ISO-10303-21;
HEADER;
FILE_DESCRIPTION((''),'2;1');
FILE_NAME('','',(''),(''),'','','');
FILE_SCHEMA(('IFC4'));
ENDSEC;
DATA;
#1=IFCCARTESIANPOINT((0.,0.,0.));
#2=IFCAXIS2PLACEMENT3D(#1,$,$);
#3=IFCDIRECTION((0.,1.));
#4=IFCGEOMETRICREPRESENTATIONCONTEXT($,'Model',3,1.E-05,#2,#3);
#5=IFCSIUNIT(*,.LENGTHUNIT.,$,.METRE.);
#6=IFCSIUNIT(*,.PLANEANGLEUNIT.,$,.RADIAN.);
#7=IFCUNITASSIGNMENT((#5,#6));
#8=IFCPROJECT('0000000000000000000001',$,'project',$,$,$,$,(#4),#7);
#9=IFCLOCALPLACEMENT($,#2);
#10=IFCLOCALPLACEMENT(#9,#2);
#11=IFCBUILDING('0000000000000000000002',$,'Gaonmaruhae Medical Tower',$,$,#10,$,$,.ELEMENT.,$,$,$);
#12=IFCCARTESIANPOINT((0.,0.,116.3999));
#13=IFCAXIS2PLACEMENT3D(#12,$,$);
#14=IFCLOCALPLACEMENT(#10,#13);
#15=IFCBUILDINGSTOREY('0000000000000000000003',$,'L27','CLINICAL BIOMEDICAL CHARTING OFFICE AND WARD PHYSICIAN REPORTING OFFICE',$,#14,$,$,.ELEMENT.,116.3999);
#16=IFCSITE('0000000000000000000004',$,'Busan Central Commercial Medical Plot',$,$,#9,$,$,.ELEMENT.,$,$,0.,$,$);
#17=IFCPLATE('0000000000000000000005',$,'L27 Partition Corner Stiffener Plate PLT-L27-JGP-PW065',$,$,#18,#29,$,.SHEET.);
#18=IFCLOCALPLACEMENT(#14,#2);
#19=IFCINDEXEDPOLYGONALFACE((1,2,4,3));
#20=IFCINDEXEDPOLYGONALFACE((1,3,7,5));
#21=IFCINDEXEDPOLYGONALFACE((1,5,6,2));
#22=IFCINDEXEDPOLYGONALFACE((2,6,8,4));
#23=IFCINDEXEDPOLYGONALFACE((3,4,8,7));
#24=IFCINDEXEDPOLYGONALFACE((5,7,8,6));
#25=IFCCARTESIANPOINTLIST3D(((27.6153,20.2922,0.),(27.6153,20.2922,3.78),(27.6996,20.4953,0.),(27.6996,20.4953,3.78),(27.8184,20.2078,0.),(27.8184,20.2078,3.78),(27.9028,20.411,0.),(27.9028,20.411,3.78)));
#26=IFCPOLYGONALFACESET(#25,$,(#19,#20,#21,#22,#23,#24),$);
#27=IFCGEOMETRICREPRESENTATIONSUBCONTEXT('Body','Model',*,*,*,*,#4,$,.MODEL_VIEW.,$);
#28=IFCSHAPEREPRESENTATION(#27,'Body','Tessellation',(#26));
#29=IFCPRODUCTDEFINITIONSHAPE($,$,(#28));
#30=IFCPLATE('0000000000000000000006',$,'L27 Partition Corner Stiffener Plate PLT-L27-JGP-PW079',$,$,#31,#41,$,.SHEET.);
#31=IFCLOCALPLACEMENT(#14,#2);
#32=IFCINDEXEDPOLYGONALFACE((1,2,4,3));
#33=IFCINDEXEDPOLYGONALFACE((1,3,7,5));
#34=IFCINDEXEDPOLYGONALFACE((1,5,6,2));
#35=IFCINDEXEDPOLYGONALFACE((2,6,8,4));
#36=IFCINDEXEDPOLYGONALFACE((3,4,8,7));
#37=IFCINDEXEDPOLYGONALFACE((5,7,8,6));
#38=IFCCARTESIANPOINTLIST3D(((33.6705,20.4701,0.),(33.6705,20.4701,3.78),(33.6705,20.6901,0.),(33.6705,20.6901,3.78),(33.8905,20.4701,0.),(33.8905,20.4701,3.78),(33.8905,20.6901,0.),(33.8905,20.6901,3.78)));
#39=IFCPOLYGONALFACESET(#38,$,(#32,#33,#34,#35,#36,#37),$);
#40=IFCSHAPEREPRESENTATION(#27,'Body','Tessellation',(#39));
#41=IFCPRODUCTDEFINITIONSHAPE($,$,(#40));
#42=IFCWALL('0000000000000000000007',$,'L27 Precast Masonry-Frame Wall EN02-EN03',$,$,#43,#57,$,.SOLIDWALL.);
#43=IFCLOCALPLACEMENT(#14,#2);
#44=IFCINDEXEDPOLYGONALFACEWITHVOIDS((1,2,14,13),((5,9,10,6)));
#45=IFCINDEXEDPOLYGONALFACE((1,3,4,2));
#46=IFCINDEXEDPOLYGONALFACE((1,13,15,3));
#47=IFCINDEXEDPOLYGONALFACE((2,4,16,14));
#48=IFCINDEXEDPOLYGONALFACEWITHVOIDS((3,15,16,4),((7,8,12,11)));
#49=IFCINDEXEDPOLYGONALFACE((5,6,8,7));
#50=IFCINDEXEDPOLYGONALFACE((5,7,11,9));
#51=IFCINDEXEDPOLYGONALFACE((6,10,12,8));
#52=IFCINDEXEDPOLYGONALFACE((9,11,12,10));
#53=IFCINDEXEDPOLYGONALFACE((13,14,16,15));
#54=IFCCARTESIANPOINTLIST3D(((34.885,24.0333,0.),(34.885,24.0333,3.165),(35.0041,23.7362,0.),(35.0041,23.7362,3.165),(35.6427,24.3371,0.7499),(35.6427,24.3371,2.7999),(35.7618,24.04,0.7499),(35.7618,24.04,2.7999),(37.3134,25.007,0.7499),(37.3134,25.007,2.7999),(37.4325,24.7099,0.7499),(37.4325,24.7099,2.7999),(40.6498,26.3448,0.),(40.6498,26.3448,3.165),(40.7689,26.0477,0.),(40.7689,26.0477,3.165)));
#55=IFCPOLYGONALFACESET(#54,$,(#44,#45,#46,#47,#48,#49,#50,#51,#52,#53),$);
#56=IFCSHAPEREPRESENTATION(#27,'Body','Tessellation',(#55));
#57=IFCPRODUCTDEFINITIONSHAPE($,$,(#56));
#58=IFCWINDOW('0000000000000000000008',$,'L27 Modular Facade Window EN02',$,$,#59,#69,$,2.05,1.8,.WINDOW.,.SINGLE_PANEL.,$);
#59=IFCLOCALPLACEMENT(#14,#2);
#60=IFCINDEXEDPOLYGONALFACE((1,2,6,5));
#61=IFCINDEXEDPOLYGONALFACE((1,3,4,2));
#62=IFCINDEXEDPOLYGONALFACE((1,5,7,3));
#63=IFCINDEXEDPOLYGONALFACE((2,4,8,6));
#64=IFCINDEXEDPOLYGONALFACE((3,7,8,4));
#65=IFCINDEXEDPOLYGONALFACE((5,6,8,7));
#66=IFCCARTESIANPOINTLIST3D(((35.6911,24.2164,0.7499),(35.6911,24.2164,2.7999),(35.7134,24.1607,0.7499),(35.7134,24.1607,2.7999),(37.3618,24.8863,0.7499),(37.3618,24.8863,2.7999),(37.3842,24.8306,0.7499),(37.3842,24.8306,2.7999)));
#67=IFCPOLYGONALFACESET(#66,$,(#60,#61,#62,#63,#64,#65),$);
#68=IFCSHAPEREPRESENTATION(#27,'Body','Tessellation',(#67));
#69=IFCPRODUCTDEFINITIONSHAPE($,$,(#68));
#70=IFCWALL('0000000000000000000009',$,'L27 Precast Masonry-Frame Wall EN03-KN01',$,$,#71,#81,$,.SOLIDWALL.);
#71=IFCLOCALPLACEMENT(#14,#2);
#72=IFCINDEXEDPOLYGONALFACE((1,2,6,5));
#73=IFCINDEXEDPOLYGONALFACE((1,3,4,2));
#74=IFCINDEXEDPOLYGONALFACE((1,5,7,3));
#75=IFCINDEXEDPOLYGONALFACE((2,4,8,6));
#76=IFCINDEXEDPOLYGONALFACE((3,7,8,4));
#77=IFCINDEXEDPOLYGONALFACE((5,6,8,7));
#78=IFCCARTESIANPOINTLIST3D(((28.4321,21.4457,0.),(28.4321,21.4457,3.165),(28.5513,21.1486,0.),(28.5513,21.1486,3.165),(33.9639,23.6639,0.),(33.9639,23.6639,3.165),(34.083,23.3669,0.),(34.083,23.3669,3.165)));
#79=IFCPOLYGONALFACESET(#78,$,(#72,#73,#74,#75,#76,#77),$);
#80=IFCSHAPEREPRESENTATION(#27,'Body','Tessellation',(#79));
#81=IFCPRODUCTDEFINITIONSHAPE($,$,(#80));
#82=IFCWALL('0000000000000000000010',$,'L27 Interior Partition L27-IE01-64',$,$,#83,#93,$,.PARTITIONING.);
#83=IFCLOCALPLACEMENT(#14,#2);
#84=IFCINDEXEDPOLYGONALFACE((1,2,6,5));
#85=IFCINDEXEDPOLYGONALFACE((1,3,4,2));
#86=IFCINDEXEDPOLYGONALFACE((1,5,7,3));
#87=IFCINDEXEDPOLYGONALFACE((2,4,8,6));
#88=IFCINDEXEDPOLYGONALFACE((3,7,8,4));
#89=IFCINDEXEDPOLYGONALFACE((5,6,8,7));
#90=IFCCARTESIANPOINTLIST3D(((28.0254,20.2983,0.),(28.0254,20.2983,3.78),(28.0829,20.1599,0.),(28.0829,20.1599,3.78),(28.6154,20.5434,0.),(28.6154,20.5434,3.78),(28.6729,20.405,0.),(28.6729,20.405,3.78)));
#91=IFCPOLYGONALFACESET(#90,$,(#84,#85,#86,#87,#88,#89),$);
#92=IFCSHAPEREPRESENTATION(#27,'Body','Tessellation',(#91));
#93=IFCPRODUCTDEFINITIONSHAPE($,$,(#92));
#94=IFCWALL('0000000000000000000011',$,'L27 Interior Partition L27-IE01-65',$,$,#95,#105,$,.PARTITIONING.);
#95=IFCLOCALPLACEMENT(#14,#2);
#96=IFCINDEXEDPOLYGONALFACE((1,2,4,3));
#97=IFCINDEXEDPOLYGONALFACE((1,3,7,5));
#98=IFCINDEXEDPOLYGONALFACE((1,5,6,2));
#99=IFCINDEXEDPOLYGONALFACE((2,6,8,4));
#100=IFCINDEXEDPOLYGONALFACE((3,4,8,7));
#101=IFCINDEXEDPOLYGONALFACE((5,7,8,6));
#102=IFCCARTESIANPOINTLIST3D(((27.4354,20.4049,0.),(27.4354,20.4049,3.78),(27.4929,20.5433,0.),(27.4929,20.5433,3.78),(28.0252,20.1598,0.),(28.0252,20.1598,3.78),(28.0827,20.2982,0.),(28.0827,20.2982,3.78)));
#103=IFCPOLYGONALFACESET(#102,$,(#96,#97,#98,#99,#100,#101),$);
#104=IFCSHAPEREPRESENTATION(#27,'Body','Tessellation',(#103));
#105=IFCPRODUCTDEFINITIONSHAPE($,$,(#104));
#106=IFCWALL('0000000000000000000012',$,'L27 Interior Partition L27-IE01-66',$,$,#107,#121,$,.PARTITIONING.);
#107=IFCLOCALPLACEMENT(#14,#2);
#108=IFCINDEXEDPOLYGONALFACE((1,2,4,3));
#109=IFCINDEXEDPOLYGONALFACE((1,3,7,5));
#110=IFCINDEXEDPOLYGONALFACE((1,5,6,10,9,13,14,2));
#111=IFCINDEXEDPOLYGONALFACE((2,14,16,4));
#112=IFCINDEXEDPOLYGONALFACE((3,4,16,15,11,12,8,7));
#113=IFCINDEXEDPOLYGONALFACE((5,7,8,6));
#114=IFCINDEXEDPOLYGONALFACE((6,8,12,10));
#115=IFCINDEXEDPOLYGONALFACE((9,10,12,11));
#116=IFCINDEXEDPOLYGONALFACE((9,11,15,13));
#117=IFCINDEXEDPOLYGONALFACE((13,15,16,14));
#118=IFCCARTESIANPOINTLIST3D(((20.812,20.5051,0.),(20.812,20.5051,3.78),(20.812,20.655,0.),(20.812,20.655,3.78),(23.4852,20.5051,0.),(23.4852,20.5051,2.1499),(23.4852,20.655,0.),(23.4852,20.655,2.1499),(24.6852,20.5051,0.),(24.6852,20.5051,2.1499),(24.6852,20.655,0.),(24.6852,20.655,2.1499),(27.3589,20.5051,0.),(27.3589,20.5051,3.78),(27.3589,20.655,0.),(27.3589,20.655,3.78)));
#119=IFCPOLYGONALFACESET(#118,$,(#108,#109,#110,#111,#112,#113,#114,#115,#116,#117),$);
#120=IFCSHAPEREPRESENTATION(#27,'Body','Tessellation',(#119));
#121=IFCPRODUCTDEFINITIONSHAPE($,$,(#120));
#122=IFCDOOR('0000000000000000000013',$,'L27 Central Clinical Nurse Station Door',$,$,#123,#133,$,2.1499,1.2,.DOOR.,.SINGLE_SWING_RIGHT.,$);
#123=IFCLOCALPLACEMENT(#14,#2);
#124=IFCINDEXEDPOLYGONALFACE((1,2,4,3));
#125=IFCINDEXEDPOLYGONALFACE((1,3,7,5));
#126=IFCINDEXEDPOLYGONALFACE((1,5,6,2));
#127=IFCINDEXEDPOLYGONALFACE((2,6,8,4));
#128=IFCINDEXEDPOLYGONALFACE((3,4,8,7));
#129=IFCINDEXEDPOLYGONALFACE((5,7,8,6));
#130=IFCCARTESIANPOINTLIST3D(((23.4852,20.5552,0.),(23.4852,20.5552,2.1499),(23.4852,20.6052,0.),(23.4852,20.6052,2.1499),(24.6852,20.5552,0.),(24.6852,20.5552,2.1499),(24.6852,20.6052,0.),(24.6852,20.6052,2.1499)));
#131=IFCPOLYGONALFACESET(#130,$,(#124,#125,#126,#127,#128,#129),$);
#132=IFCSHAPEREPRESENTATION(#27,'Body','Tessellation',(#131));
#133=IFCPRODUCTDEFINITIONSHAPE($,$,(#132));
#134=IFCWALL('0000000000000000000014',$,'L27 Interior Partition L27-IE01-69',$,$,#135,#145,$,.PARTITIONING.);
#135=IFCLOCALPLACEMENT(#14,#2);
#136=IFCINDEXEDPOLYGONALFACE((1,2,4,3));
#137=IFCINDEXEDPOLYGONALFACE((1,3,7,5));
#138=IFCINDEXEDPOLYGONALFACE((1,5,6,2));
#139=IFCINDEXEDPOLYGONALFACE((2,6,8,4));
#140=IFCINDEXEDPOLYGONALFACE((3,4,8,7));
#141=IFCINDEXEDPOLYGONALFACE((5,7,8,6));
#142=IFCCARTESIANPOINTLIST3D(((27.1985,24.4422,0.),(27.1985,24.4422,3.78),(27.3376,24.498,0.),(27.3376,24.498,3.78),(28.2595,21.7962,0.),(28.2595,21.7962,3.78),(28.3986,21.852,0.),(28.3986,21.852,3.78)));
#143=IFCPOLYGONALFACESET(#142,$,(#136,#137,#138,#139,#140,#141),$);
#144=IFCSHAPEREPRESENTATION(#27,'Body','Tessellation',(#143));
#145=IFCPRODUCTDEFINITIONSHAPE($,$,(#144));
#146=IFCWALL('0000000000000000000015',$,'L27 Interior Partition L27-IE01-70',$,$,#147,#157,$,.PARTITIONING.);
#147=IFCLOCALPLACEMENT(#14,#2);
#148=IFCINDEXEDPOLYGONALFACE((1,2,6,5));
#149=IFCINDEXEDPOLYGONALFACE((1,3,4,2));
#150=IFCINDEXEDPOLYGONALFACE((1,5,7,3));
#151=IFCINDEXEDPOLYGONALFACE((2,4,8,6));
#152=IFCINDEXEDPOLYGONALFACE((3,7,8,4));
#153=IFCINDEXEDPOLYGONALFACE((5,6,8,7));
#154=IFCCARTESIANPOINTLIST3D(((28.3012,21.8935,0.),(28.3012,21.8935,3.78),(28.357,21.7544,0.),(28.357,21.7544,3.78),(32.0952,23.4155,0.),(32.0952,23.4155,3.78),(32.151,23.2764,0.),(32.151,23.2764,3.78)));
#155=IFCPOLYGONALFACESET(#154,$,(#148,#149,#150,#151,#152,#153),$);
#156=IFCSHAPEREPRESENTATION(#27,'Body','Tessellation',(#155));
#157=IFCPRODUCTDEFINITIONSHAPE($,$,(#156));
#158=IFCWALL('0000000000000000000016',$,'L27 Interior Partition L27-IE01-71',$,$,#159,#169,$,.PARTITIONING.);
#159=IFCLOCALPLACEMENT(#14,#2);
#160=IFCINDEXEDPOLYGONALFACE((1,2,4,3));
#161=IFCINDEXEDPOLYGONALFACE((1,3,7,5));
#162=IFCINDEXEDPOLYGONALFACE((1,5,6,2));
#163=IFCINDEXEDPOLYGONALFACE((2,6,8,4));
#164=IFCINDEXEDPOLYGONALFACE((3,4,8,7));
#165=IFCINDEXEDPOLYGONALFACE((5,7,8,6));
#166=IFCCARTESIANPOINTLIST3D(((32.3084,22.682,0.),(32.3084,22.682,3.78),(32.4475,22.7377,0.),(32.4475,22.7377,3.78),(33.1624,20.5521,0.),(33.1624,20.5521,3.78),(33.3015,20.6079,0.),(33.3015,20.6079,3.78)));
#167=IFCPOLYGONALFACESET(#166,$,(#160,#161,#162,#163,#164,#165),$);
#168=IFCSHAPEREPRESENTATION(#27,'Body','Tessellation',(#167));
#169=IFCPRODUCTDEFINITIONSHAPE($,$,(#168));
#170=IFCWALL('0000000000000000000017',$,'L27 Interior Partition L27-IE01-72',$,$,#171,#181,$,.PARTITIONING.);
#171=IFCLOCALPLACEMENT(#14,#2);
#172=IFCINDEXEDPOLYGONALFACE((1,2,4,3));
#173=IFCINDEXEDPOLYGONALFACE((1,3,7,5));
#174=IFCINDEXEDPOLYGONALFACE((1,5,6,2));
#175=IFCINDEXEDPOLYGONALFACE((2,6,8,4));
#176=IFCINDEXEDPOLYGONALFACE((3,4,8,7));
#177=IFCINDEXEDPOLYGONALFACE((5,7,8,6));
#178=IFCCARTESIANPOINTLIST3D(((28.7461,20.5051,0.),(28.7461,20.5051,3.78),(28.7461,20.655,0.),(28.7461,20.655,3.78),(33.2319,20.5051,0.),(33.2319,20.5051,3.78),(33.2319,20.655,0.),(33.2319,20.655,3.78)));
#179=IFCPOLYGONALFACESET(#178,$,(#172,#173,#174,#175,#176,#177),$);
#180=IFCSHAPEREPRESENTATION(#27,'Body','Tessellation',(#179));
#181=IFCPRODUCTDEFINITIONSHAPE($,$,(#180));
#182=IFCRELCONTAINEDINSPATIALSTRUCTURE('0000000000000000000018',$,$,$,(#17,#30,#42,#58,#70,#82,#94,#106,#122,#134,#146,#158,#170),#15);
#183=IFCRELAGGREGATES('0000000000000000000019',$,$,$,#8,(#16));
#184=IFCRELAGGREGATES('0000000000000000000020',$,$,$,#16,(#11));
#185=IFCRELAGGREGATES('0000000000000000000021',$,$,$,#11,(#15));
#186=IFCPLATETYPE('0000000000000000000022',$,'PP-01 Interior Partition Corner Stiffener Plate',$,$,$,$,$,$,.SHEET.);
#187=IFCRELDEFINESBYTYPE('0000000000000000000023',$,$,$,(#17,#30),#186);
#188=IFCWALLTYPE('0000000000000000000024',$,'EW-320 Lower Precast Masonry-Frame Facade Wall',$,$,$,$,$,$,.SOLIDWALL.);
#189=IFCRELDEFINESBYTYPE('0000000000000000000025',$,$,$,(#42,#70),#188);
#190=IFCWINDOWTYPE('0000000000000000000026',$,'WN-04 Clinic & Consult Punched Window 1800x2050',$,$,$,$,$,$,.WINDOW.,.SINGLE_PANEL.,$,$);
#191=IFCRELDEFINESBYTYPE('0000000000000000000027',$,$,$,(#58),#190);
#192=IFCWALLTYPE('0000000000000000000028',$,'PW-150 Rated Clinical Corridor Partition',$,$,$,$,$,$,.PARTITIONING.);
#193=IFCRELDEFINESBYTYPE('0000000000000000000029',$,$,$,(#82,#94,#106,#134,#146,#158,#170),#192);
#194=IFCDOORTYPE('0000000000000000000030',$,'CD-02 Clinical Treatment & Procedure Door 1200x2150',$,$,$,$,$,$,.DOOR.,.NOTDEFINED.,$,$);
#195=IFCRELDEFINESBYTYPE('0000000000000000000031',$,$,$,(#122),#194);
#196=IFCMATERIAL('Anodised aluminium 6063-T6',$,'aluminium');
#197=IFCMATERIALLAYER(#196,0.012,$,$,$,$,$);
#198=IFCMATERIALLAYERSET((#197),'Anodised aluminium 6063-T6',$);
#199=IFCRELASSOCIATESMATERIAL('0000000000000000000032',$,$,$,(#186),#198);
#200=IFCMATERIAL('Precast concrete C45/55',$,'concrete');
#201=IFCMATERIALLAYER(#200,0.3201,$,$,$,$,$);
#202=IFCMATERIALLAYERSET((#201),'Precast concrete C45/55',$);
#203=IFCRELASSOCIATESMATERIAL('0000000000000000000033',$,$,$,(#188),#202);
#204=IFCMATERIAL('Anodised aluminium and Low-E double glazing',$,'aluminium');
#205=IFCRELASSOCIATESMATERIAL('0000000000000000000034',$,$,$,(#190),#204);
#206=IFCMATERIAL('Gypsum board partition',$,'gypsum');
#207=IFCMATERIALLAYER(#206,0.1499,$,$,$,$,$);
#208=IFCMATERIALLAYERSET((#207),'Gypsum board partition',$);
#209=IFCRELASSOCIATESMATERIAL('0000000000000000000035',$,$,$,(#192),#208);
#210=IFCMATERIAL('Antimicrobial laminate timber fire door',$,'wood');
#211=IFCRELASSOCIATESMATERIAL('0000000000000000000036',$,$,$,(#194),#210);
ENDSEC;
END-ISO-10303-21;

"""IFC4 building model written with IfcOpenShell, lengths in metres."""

from ifc_helpers import new_model, si_unit, direction, frame, frame_2d, origin, origin_2d, place, context, subcontext, project, spatial, rectangle, extrude, material, layer, layer_set, type_object, element, fill, save


model = new_model("IFC4")

# Units and contexts
model_context = context("Model", 3, precision=1e-05, world=origin(), true_north=direction((0.0, 1.0)))
body_context = subcontext(model_context, "Body", "Model", "MODEL_VIEW")
ifc_project = project(units=[si_unit("LENGTHUNIT", "METRE"), si_unit("PLANEANGLEUNIT", "RADIAN")], contexts=[model_context])

# Site, building, storey
site_placement = place(None, origin())
site = spatial("IfcSite", under=ifc_project, at=site_placement, Name="Busan Central Commercial Medical Plot", CompositionType="ELEMENT", RefElevation=0.0)
building_placement = place(site_placement, origin())
building = spatial("IfcBuilding", under=site, at=building_placement, Name="Gaonmaruhae Medical Tower", CompositionType="ELEMENT")
storey_placement = place(building_placement, frame((0.0, 0.0, 116.3999)))
storey = spatial("IfcBuildingStorey", under=building, at=storey_placement, Name="L27", Description="CLINICAL BIOMEDICAL CHARTING OFFICE AND WARD PHYSICIAN REPORTING OFFICE", CompositionType="ELEMENT", Elevation=116.3999)

# Plates
ifc_material_1 = material(Name="Anodised aluminium 6063-T6", Category="aluminium")
ifc_layer_1 = layer(ifc_material_1, 0.012)
ifc_layer_set_1 = layer_set([ifc_layer_1], Name="Anodised aluminium 6063-T6")
plate_type = type_object("IfcPlateType", Name="PP-01 Interior Partition Corner Stiffener Plate", PredefinedType="SHEET", material=ifc_layer_set_1)
for number, where, z_axis, x_axis, name in (
    (1, (27.759, 20.3516, 0.0), (0.0, 0.0, 1.0), (-0.923539, 0.383506, 0.0), "L27 Partition Corner Stiffener Plate PLT-L27-JGP-PW065"),
    (2, (33.7805, 20.5801, 0.0), (0.0, 0.0, 1.0), (-1.0, 0.0, 0.0), "L27 Partition Corner Stiffener Plate PLT-L27-JGP-PW079"),
):
    element("IfcPlate", number, at=place(storey_placement, frame(where, z_axis=z_axis, x_axis=x_axis)), inside=storey, type_object=plate_type, Name=name, PredefinedType="SHEET", context=body_context, shape_type="SweptSolid", body=[
        extrude(rectangle(XDim=0.22, YDim=0.22, at=origin_2d()), origin(), (0.0, 0.0, 1.0), 3.78),
    ])

# Wall, opening, window
ifc_material_2 = material(Name="Precast concrete C45/55", Category="concrete")
ifc_layer_2 = layer(ifc_material_2, 0.3201)
ifc_layer_set_2 = layer_set([ifc_layer_2], Name="Precast concrete C45/55")
wall_type_1 = type_object("IfcWallType", Name="EW-320 Lower Precast Masonry-Frame Facade Wall", PredefinedType="SOLIDWALL", material=ifc_layer_set_2)
wall_1_placement = place(storey_placement, frame((34.9446, 23.8848, 0.0), z_axis=(0.0, 0.0, 1.0), x_axis=(0.928167, 0.372163, 0.0)))
wall_1 = element("IfcWall", 3, at=wall_1_placement, inside=storey, type_object=wall_type_1, Name="L27 Precast Masonry-Frame Wall EN02-EN03", PredefinedType="SOLIDWALL", context=body_context, shape_type="SweptSolid", body=[
    extrude(rectangle(XDim=6.2109, YDim=0.3201, at=frame_2d((3.1055, 0.0))), origin(), (0.0, 0.0, 1.0), 3.165),
])
opening_1_placement = place(wall_1_placement, frame((0.8164, 0.0, 0.75)))
opening_1 = element("IfcOpeningElement", 4, at=opening_1_placement, cuts=wall_1, PredefinedType="OPENING", context=body_context, shape_type="SweptSolid", body=[
    extrude(rectangle(XDim=1.8, YDim=2.05, at=frame_2d((0.8999, 1.0249))), frame((0.0, 0.1699, 0.0), z_axis=(0.0, -1.0, 0.0), x_axis=(1.0, 0.0, 0.0)), (0.0, 0.0, 1.0), 0.3401),
])
ifc_material_3 = material(Name="Anodised aluminium and Low-E double glazing", Category="aluminium")
window_type = type_object("IfcWindowType", Name="WN-04 Clinic & Consult Punched Window 1800x2050", PartitioningType="SINGLE_PANEL", PredefinedType="WINDOW", material=ifc_material_3)
window_placement = place(opening_1_placement, origin())
window = element("IfcWindow", 5, at=window_placement, inside=storey, type_object=window_type, Name="L27 Modular Facade Window EN02", OverallHeight=2.05, OverallWidth=1.8, PartitioningType="SINGLE_PANEL", PredefinedType="WINDOW", context=body_context, shape_type="SweptSolid", body=[
    extrude(rectangle(XDim=1.8, YDim=2.05, at=frame_2d((0.8999, 1.0249))), frame((0.0, 0.03, 0.0), z_axis=(0.0, -1.0, 0.0), x_axis=(1.0, 0.0, 0.0)), (0.0, 0.0, 1.0), 0.0601),
])
fill(opening_1, window)

# Walls
wall_2_placement = place(storey_placement, frame((28.4917, 21.2971, 0.0), z_axis=(0.0, 0.0, 1.0), x_axis=(0.928154, 0.372196, 0.0)))
element("IfcWall", 6, at=wall_2_placement, inside=storey, type_object=wall_type_1, Name="L27 Precast Masonry-Frame Wall EN03-KN01", PredefinedType="SOLIDWALL", context=body_context, shape_type="SweptSolid", body=[
    extrude(rectangle(XDim=5.96, YDim=0.3201, at=frame_2d((2.98, 0.0))), origin(), (0.0, 0.0, 1.0), 3.165),
])
ifc_material_4 = material(Name="Gypsum board partition", Category="gypsum")
ifc_layer_3 = layer(ifc_material_4, 0.1499)
ifc_layer_set_3 = layer_set([ifc_layer_3], Name="Gypsum board partition")
wall_type_2 = type_object("IfcWallType", Name="PW-150 Rated Clinical Corridor Partition", PredefinedType="PARTITIONING", material=ifc_layer_set_3)
wall_3_placement = place(storey_placement, frame((28.644, 20.4741, 0.0), z_axis=(0.0, 0.0, 1.0), x_axis=(-0.923495, -0.383611, 0.0)))
element("IfcWall", 7, at=wall_3_placement, inside=storey, type_object=wall_type_2, Name="L27 Interior Partition L27-IE01-64", PredefinedType="PARTITIONING", context=body_context, shape_type="SweptSolid", body=[
    extrude(rectangle(XDim=0.6389, YDim=0.1499, at=frame_2d((0.3193, 0.0))), origin(), (0.0, 0.0, 1.0), 3.78),
])
wall_4_placement = place(storey_placement, frame((28.054, 20.229, 0.0), z_axis=(0.0, 0.0, 1.0), x_axis=(-0.923438, 0.383747, 0.0)))
element("IfcWall", 8, at=wall_4_placement, inside=storey, type_object=wall_type_2, Name="L27 Interior Partition L27-IE01-65", PredefinedType="PARTITIONING", context=body_context, shape_type="SweptSolid", body=[
    extrude(rectangle(XDim=0.6387, YDim=0.1499, at=frame_2d((0.3193, 0.0))), origin(), (0.0, 0.0, 1.0), 3.78),
])

# Wall, opening, door
wall_5_placement = place(storey_placement, frame((27.3589, 20.5801, 0.0), z_axis=(0.0, 0.0, 1.0), x_axis=(-1.0, 0.0, 0.0)))
wall_5 = element("IfcWall", 9, at=wall_5_placement, inside=storey, type_object=wall_type_2, Name="L27 Interior Partition L27-IE01-66", PredefinedType="PARTITIONING", context=body_context, shape_type="SweptSolid", body=[
    extrude(rectangle(XDim=6.5469, YDim=0.1499, at=frame_2d((3.2734, 0.0))), origin(), (0.0, 0.0, 1.0), 3.78),
])
opening_2_placement = place(wall_5_placement, frame((2.6736, 0.0, 0.0)))
opening_2 = element("IfcOpeningElement", 10, at=opening_2_placement, cuts=wall_5, PredefinedType="OPENING", context=body_context, shape_type="SweptSolid", body=[
    extrude(rectangle(XDim=1.2, YDim=2.1499, at=frame_2d((0.6001, 1.075))), frame((0.0, 0.085, 0.0), z_axis=(0.0, -1.0, 0.0), x_axis=(1.0, 0.0, 0.0)), (0.0, 0.0, 1.0), 0.1699),
])
ifc_material_5 = material(Name="Antimicrobial laminate timber fire door", Category="wood")
door_type = type_object("IfcDoorType", Name="CD-02 Clinical Treatment & Procedure Door 1200x2150", OperationType="NOTDEFINED", PredefinedType="DOOR", material=ifc_material_5)
door_placement = place(opening_2_placement, origin())
door = element("IfcDoor", 11, at=door_placement, inside=storey, type_object=door_type, Name="L27 Central Clinical Nurse Station Door", OperationType="SINGLE_SWING_RIGHT", OverallHeight=2.1499, OverallWidth=1.2, PredefinedType="DOOR", context=body_context, shape_type="SweptSolid", body=[
    extrude(rectangle(XDim=1.2, YDim=2.1499, at=frame_2d((0.6001, 1.075))), frame((0.0, 0.0249, 0.0), z_axis=(0.0, -1.0, 0.0), x_axis=(1.0, 0.0, 0.0)), (0.0, 0.0, 1.0), 0.05),
])
fill(opening_2, door)

# Walls
wall_6_placement = place(storey_placement, frame((27.2681, 24.47, 0.0), z_axis=(0.0, 0.0, 1.0), x_axis=(0.372188, -0.928157, 0.0)))
element("IfcWall", 12, at=wall_6_placement, inside=storey, type_object=wall_type_2, Name="L27 Interior Partition L27-IE01-69", PredefinedType="PARTITIONING", context=body_context, shape_type="SweptSolid", body=[
    extrude(rectangle(XDim=2.8508, YDim=0.1499, at=frame_2d((1.4253, 0.0))), origin(), (0.0, 0.0, 1.0), 3.78),
])
wall_7_placement = place(storey_placement, frame((28.3291, 21.824, 0.0), z_axis=(0.0, 0.0, 1.0), x_axis=(0.928106, 0.372317, 0.0)))
element("IfcWall", 13, at=wall_7_placement, inside=storey, type_object=wall_type_2, Name="L27 Interior Partition L27-IE01-70", PredefinedType="PARTITIONING", context=body_context, shape_type="SweptSolid", body=[
    extrude(rectangle(XDim=4.0879, YDim=0.1499, at=frame_2d((2.0439, 0.0))), origin(), (0.0, 0.0, 1.0), 3.78),
])
wall_8_placement = place(storey_placement, frame((32.3779, 22.71, 0.0), z_axis=(0.0, 0.0, 1.0), x_axis=(0.372161, -0.928168, 0.0)))
element("IfcWall", 14, at=wall_8_placement, inside=storey, type_object=wall_type_2, Name="L27 Interior Partition L27-IE01-71", PredefinedType="PARTITIONING", context=body_context, shape_type="SweptSolid", body=[
    extrude(rectangle(XDim=2.2947, YDim=0.1499, at=frame_2d((1.1475, 0.0))), origin(), (0.0, 0.0, 1.0), 3.78),
])
wall_9_placement = place(storey_placement, frame((33.2319, 20.5801, 0.0), z_axis=(0.0, 0.0, 1.0), x_axis=(-1.0, 0.0, 0.0)))
element("IfcWall", 15, at=wall_9_placement, inside=storey, type_object=wall_type_2, Name="L27 Interior Partition L27-IE01-72", PredefinedType="PARTITIONING", context=body_context, shape_type="SweptSolid", body=[
    extrude(rectangle(XDim=4.4858, YDim=0.1499, at=frame_2d((2.2429, 0.0))), origin(), (0.0, 0.0, 1.0), 3.78),
])

save(model, "model.ifc")
